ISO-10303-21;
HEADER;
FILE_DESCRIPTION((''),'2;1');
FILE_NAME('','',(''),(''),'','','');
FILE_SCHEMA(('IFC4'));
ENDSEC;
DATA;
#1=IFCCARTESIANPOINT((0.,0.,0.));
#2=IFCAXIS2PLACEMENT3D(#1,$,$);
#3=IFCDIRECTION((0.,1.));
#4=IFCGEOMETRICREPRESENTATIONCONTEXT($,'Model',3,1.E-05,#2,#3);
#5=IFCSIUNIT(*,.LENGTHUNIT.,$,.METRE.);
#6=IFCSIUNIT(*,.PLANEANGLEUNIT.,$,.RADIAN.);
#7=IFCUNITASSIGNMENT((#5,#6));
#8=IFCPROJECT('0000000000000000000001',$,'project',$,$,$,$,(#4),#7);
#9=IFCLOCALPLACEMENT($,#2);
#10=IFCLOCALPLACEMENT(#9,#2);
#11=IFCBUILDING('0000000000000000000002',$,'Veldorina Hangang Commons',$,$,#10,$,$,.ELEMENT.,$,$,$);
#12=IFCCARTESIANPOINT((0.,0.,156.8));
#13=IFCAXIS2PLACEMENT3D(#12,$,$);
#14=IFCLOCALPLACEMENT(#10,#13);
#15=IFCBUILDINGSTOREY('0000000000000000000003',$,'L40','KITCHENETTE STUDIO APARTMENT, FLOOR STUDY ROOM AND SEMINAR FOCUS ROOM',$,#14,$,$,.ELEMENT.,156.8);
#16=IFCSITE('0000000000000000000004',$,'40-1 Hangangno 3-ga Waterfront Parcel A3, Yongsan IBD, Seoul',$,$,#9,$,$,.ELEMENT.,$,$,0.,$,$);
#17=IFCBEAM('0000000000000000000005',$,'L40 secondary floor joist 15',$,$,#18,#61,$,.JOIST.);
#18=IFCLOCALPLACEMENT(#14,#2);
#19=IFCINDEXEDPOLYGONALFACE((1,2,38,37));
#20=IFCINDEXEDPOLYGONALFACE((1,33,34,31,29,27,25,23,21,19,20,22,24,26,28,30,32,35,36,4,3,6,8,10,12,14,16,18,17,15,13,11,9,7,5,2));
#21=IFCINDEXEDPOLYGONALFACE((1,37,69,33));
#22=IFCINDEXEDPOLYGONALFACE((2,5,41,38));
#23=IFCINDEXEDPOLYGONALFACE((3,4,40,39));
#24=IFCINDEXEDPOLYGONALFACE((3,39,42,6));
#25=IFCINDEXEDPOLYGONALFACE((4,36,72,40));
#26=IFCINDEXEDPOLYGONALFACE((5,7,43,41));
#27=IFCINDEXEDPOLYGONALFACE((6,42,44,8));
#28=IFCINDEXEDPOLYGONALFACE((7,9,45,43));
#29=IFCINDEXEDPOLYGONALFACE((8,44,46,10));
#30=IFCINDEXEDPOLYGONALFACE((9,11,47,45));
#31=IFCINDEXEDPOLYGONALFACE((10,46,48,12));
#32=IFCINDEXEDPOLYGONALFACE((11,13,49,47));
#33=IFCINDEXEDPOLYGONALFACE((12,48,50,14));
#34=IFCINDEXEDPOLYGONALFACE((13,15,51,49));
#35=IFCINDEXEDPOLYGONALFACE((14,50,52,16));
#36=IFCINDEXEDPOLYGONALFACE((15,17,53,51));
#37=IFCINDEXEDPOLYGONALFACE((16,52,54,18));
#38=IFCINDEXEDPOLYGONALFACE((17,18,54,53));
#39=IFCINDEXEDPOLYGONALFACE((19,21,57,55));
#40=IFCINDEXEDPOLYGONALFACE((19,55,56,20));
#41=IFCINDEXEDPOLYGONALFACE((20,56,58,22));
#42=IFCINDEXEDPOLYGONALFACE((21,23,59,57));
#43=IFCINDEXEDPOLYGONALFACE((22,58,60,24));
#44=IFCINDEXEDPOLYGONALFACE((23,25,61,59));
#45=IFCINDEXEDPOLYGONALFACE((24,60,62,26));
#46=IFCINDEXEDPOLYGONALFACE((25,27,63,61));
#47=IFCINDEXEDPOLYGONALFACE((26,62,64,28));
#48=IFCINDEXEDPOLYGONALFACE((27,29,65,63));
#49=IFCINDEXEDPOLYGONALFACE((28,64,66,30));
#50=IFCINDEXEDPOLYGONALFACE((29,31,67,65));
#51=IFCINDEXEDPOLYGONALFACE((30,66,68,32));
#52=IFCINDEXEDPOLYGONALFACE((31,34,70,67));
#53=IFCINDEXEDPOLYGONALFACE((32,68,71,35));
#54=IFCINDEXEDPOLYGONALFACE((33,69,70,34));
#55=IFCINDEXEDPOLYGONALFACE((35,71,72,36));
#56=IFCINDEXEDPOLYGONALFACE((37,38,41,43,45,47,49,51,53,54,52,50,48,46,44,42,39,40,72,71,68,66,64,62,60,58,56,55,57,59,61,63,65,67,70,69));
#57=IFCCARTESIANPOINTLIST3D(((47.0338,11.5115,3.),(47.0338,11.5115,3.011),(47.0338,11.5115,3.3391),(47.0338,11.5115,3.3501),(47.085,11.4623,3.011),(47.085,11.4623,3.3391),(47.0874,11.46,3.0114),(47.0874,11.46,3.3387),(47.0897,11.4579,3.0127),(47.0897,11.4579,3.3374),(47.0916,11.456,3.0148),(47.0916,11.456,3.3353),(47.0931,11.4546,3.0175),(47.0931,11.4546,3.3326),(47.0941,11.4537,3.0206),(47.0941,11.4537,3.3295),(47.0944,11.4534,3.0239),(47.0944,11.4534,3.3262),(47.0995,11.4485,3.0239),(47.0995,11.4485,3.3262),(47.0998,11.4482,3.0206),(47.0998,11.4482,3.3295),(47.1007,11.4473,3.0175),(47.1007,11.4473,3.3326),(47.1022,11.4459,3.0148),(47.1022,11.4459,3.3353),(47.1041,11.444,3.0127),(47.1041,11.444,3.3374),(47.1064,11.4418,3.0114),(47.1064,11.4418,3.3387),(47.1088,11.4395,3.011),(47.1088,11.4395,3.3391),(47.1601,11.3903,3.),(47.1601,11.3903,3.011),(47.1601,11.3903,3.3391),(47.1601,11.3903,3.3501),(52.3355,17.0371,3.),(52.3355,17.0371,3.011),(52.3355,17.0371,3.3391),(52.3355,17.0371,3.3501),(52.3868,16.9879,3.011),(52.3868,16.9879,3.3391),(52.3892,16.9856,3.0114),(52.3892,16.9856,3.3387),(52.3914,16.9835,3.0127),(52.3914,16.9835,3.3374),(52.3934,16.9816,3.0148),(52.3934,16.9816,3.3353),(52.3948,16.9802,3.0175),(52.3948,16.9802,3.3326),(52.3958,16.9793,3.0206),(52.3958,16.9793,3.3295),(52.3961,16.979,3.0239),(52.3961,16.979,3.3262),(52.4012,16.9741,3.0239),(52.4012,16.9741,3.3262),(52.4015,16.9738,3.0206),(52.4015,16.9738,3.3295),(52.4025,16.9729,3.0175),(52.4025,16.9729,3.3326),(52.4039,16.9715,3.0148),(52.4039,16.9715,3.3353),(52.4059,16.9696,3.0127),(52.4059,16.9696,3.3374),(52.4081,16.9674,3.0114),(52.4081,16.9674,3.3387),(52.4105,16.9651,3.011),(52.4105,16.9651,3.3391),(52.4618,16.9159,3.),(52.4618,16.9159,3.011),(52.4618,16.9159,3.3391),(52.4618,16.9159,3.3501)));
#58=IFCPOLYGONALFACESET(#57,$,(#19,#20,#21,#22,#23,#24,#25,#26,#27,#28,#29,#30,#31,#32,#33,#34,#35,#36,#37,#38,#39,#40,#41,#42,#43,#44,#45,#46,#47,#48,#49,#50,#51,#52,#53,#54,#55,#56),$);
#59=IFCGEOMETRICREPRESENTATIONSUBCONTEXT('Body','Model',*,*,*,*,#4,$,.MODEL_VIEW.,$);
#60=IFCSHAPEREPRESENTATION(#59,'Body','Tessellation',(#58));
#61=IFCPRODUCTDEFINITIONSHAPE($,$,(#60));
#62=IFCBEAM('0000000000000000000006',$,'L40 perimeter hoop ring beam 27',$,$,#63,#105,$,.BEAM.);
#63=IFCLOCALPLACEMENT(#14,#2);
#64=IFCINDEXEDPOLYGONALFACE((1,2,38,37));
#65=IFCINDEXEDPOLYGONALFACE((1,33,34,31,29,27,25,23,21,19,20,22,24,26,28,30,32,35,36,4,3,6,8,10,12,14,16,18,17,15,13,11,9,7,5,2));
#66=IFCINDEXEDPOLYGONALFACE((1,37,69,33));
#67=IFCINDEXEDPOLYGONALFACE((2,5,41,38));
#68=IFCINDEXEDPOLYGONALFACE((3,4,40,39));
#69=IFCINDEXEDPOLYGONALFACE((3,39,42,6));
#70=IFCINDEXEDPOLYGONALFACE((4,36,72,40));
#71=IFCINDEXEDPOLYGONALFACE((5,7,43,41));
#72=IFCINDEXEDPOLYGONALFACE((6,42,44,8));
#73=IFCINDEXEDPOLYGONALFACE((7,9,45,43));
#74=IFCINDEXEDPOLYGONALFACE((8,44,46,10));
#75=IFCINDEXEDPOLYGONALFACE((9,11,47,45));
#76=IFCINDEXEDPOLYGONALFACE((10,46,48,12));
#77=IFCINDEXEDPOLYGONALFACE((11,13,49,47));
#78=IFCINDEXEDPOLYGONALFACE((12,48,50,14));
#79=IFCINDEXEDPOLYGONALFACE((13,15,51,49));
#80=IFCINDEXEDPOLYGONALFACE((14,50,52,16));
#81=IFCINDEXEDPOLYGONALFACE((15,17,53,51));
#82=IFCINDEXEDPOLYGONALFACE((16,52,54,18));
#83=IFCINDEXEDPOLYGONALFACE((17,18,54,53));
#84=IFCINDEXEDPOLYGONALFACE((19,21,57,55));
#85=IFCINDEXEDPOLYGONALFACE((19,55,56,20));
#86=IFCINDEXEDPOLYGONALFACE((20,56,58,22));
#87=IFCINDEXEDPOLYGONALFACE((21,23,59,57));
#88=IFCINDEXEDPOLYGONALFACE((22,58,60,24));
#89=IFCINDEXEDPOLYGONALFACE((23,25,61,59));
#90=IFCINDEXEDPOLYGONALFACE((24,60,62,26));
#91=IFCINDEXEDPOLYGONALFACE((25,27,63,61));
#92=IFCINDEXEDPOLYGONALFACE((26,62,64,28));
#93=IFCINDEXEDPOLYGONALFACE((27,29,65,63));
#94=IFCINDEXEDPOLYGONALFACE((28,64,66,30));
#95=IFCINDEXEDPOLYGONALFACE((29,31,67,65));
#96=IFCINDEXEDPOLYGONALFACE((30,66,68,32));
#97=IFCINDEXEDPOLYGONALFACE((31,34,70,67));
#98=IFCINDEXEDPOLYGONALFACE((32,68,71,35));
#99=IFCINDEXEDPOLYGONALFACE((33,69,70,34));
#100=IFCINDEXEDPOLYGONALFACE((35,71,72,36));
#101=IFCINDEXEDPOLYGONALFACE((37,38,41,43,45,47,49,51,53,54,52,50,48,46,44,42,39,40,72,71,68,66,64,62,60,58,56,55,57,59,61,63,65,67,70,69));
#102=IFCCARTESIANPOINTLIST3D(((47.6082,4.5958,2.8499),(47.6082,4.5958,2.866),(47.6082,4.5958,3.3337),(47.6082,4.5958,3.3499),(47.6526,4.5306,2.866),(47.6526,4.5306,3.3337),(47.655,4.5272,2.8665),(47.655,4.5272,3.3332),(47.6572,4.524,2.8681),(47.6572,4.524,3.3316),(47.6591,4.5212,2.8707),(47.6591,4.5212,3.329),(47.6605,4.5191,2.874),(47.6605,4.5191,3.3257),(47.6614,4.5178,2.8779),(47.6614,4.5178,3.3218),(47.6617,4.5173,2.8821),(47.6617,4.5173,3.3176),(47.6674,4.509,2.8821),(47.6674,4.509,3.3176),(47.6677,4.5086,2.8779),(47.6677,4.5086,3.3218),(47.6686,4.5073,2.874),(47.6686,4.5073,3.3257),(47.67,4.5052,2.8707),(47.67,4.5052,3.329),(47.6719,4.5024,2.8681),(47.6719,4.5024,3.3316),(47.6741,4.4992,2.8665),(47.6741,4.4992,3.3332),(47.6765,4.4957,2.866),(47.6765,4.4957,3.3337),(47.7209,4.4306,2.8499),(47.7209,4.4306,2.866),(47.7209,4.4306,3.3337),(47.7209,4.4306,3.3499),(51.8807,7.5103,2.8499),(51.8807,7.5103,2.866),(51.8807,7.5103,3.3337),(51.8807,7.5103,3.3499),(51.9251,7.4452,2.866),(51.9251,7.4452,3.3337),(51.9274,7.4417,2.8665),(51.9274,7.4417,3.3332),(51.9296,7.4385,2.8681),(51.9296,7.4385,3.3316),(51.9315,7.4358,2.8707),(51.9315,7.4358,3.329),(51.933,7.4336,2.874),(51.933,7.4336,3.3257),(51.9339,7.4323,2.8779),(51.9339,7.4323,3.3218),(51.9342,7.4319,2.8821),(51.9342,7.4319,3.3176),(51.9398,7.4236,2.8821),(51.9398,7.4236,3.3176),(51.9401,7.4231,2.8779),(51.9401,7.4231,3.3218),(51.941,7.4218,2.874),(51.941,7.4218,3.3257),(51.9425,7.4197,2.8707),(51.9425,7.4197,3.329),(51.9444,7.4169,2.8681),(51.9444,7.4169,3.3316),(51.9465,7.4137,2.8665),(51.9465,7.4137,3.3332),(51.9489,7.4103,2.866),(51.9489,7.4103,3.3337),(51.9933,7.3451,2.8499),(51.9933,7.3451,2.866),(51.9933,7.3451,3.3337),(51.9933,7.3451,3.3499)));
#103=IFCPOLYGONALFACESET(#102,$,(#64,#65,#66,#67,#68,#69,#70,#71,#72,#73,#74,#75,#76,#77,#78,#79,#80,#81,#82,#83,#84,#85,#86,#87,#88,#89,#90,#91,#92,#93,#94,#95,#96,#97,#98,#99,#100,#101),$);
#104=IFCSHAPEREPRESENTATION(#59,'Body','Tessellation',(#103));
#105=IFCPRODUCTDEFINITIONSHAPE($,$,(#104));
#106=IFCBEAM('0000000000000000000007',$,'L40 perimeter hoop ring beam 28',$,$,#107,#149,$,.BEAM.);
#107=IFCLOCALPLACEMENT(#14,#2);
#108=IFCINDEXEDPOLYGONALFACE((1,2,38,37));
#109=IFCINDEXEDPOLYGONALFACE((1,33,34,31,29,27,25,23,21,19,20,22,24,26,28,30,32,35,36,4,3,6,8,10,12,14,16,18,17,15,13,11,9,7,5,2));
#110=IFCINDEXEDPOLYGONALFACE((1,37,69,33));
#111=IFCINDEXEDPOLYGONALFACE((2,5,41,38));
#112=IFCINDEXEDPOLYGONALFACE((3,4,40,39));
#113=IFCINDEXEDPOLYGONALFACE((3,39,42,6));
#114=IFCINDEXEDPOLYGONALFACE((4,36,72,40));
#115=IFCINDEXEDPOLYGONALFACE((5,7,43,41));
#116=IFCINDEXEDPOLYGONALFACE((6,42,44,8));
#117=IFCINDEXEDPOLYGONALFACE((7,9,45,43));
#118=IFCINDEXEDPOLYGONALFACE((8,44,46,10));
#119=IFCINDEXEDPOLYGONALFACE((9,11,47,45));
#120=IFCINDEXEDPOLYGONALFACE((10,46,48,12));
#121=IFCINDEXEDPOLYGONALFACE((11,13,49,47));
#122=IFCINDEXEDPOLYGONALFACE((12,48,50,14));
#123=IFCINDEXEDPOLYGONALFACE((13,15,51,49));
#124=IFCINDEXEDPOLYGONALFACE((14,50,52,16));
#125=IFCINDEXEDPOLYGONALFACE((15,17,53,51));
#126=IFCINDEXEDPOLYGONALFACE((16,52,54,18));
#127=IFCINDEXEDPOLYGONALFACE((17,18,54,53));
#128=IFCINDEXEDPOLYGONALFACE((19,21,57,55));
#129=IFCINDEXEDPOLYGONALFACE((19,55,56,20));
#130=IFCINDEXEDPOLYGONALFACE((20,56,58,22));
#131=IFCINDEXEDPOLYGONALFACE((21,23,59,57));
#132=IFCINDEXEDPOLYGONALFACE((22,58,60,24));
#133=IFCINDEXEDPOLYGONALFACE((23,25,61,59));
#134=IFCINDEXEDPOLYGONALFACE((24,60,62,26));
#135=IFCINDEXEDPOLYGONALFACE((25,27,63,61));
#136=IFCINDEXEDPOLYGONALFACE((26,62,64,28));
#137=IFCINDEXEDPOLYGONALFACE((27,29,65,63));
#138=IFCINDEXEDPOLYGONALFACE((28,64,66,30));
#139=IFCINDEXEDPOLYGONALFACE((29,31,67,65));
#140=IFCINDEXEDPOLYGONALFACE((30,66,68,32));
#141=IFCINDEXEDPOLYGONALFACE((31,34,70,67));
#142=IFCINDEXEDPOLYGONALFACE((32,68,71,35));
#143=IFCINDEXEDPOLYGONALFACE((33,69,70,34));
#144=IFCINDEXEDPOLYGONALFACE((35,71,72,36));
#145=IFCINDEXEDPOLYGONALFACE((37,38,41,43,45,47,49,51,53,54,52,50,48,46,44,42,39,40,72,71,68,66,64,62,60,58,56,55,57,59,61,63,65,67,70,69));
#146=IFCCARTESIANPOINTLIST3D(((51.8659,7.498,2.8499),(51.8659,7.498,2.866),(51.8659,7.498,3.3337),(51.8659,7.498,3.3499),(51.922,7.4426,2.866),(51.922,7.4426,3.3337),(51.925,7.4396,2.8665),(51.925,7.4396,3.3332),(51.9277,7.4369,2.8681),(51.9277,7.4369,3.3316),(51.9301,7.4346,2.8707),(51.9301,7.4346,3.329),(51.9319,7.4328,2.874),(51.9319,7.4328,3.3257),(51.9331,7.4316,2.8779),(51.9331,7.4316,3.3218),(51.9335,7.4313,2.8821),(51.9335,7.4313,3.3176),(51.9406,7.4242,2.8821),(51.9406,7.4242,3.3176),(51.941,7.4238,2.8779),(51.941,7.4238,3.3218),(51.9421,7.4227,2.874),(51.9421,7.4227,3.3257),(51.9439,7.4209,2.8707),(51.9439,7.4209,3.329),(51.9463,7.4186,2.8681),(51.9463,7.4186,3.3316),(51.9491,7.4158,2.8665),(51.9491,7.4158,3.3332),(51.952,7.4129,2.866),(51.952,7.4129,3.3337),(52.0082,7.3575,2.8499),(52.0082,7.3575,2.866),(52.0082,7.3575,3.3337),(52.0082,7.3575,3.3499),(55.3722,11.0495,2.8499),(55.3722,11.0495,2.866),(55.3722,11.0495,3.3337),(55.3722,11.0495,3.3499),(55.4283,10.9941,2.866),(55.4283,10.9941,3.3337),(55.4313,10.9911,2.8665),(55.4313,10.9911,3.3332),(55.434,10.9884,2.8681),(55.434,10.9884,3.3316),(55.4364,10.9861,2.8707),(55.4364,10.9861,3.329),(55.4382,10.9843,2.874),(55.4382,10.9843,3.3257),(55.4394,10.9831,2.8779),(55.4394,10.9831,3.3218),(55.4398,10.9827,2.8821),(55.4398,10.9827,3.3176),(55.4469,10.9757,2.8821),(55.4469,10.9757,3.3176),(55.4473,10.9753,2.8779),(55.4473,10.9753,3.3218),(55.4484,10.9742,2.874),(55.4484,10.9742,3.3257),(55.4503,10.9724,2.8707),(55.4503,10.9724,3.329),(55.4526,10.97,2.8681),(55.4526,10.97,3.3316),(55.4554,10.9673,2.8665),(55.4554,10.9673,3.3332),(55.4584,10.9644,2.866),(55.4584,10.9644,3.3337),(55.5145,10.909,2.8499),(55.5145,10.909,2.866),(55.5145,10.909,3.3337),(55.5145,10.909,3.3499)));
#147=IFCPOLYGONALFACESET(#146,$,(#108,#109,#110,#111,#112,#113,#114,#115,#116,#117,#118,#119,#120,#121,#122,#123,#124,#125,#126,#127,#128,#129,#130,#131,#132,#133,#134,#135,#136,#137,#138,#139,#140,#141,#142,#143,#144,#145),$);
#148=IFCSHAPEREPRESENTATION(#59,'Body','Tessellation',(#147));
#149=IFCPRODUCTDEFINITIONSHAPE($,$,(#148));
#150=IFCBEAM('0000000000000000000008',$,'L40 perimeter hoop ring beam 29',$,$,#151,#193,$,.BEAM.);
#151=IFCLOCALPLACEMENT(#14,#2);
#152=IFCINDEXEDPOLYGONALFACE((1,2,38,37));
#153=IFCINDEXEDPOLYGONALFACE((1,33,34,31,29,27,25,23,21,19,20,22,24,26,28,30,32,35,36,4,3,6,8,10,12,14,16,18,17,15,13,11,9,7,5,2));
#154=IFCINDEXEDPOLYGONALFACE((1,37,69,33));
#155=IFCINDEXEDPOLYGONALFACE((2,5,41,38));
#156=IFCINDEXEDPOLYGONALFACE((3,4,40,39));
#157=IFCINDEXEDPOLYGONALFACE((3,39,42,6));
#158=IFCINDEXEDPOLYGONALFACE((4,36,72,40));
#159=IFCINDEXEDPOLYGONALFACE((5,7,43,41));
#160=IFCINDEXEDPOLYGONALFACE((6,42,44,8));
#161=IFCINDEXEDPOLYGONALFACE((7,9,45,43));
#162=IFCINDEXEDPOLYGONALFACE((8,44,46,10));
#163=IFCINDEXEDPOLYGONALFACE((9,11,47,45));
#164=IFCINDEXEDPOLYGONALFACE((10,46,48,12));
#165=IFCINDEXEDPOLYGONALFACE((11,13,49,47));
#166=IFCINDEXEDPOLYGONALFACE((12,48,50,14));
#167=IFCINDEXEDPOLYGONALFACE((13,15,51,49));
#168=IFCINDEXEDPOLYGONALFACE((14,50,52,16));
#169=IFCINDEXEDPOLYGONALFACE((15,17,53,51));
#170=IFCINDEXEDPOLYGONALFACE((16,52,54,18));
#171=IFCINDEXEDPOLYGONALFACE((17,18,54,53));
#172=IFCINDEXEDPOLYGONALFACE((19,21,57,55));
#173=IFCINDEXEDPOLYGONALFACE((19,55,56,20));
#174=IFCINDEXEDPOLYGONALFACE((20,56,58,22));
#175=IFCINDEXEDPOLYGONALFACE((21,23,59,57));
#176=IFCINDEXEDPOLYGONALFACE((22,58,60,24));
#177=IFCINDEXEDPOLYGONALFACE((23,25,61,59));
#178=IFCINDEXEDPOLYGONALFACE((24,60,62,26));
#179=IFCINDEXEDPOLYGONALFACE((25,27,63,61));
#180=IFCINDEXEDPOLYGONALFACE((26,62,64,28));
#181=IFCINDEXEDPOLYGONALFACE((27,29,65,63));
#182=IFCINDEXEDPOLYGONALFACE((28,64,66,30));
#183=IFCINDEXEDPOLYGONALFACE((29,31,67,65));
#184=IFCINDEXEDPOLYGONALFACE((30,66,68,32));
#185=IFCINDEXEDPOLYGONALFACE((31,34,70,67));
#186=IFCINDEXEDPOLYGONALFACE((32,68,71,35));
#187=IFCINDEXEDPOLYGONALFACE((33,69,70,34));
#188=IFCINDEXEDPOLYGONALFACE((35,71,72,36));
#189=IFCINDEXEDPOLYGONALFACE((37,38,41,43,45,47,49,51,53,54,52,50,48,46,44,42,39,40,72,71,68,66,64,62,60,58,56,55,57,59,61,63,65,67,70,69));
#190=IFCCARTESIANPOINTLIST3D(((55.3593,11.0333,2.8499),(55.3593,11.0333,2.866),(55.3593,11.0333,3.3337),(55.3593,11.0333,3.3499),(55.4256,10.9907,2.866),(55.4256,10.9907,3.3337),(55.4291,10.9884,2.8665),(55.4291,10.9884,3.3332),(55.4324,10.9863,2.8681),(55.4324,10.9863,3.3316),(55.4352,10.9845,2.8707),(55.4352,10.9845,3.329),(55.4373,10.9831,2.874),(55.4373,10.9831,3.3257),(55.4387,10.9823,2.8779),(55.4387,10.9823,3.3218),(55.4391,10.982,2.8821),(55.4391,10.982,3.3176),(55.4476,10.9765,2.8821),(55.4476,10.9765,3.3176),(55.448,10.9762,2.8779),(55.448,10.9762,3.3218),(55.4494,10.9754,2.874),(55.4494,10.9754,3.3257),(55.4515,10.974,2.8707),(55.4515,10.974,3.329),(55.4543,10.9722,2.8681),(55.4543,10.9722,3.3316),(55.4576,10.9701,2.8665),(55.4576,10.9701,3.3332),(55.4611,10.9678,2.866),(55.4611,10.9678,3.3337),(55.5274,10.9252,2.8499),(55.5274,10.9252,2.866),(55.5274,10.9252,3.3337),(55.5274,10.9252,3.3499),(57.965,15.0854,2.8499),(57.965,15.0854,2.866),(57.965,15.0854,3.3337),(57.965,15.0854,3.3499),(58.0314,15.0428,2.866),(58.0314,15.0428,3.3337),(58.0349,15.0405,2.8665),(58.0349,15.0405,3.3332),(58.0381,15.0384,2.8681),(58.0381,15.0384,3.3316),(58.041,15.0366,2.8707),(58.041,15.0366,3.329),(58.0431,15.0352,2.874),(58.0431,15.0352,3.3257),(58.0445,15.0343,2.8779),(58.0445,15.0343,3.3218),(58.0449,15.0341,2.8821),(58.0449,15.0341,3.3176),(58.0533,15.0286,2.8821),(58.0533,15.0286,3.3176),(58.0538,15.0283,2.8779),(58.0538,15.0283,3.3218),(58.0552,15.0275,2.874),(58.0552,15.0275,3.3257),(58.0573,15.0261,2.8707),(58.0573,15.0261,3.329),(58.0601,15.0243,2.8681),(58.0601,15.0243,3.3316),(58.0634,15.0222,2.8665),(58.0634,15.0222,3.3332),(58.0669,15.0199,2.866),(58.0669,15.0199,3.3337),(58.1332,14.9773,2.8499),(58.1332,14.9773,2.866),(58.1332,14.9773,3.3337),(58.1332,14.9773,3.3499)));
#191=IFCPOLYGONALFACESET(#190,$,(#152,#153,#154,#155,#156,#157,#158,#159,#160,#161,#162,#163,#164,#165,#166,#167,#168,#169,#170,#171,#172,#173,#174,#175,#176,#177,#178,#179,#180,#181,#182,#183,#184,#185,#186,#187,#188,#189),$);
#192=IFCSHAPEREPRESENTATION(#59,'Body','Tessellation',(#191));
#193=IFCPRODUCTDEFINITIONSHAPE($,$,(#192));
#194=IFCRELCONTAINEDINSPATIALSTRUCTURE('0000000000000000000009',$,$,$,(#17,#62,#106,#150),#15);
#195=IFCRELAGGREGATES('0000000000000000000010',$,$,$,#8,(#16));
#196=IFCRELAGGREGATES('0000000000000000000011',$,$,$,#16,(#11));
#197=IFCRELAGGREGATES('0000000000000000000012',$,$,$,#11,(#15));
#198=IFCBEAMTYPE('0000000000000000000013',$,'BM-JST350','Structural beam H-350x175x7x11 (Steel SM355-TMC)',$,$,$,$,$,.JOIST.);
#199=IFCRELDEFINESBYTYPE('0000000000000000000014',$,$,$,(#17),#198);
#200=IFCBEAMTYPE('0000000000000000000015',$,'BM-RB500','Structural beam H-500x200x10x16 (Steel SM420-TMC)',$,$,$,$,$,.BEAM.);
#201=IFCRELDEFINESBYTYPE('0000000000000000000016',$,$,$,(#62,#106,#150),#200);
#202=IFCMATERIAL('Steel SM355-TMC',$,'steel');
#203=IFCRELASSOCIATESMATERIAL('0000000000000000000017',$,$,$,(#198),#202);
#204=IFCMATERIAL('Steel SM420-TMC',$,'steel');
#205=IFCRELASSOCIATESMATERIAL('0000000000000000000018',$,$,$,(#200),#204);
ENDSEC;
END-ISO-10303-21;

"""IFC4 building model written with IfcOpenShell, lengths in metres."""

from ifc_helpers import new_model, si_unit, direction, frame, origin, origin_2d, place, context, subcontext, project, spatial, i_section, extrude, material, material_profile, profile_set, type_object, element, save


model = new_model("IFC4")

# Units and contexts
model_context = context("Model", 3, precision=1e-05, world=origin(), true_north=direction((0.0, 1.0)))
body_context = subcontext(model_context, "Body", "Model", "MODEL_VIEW")
ifc_project = project(units=[si_unit("LENGTHUNIT", "METRE"), si_unit("PLANEANGLEUNIT", "RADIAN")], contexts=[model_context])

# Site, building, storey
site_placement = place(None, origin())
site = spatial("IfcSite", under=ifc_project, at=site_placement, Name="40-1 Hangangno 3-ga Waterfront Parcel A3, Yongsan IBD, Seoul", CompositionType="ELEMENT", RefElevation=0.0)
building_placement = place(site_placement, origin())
building = spatial("IfcBuilding", under=site, at=building_placement, Name="Veldorina Hangang Commons", CompositionType="ELEMENT")
storey_placement = place(building_placement, frame((0.0, 0.0, 156.8)))
storey = spatial("IfcBuildingStorey", under=building, at=storey_placement, Name="L40", Description="KITCHENETTE STUDIO APARTMENT, FLOOR STUDY ROOM AND SEMINAR FOCUS ROOM", CompositionType="ELEMENT", Elevation=156.8)

# Beams
ifc_material_1 = material(Name="Steel SM355-TMC", Category="steel")
ifc_material_profile_1 = material_profile(ifc_material_1, i_section(OverallWidth=0.175, OverallDepth=0.3501, WebThickness=0.0071, FlangeThickness=0.011, FilletRadius=0.0129, at=origin_2d()), Name="H-350x175x7x11")
ifc_profile_set_1 = profile_set([ifc_material_profile_1], Name="Steel SM355-TMC")
beam_type_1 = type_object("IfcBeamType", Name="BM-JST350", Description="Structural beam H-350x175x7x11 (Steel SM355-TMC)", PredefinedType="JOIST", material=ifc_profile_set_1)
beam_1_placement = place(storey_placement, frame((47.0969, 11.4509, 3.175), z_axis=(0.692338, 0.721573, 0.0), x_axis=(-0.721573, 0.692338, 0.0)))
element("IfcBeam", 1, at=beam_1_placement, inside=storey, type_object=beam_type_1, Name="L40 secondary floor joist 15", PredefinedType="JOIST", context=body_context, shape_type="SweptSolid", body=[
    extrude(i_section(OverallWidth=0.175, OverallDepth=0.3501, WebThickness=0.0071, FlangeThickness=0.011, FilletRadius=0.0129, at=origin_2d()), origin(), (0.0, 0.0, 1.0), 7.6577),
])
ifc_material_2 = material(Name="Steel SM420-TMC", Category="steel")
ifc_material_profile_2 = material_profile(ifc_material_2, i_section(OverallWidth=0.2, OverallDepth=0.5, WebThickness=0.01, FlangeThickness=0.0161, FilletRadius=0.0161, at=origin_2d()), Name="H-500x200x10x16")
ifc_profile_set_2 = profile_set([ifc_material_profile_2], Name="Steel SM420-TMC")
beam_type_2 = type_object("IfcBeamType", Name="BM-RB500", Description="Structural beam H-500x200x10x16 (Steel SM420-TMC)", PredefinedType="BEAM", material=ifc_profile_set_2)
beam_2_placement = place(storey_placement, frame((47.6646, 4.5132, 3.0999), z_axis=(0.826091, 0.563536, 0.0), x_axis=(-0.563536, 0.826091, 0.0)))
element("IfcBeam", 2, at=beam_2_placement, inside=storey, type_object=beam_type_2, Name="L40 perimeter hoop ring beam 27", PredefinedType="BEAM", context=body_context, shape_type="SweptSolid", body=[
    extrude(i_section(OverallWidth=0.2, OverallDepth=0.5, WebThickness=0.01, FlangeThickness=0.0161, FilletRadius=0.0161, at=origin_2d()), origin(), (0.0, 0.0, 1.0), 5.1719),
])
beam_3_placement = place(storey_placement, frame((51.937, 7.4277, 3.0999), z_axis=(0.702567, 0.711617, 0.0), x_axis=(-0.711617, 0.702567, 0.0)))
element("IfcBeam", 3, at=beam_3_placement, inside=storey, type_object=beam_type_2, Name="L40 perimeter hoop ring beam 28", PredefinedType="BEAM", context=body_context, shape_type="SweptSolid", body=[
    extrude(i_section(OverallWidth=0.2, OverallDepth=0.5, WebThickness=0.01, FlangeThickness=0.0161, FilletRadius=0.0161, at=origin_2d()), origin(), (0.0, 0.0, 1.0), 4.9907),
])
beam_4_placement = place(storey_placement, frame((55.4434, 10.9792, 3.0999), z_axis=(0.540883, 0.841098, 0.0), x_axis=(-0.841098, 0.540883, 0.0)))
element("IfcBeam", 4, at=beam_4_placement, inside=storey, type_object=beam_type_2, Name="L40 perimeter hoop ring beam 29", PredefinedType="BEAM", context=body_context, shape_type="SweptSolid", body=[
    extrude(i_section(OverallWidth=0.2, OverallDepth=0.5, WebThickness=0.01, FlangeThickness=0.0161, FilletRadius=0.0161, at=origin_2d()), origin(), (0.0, 0.0, 1.0), 4.8176),
])

save(model, "model.ifc")
